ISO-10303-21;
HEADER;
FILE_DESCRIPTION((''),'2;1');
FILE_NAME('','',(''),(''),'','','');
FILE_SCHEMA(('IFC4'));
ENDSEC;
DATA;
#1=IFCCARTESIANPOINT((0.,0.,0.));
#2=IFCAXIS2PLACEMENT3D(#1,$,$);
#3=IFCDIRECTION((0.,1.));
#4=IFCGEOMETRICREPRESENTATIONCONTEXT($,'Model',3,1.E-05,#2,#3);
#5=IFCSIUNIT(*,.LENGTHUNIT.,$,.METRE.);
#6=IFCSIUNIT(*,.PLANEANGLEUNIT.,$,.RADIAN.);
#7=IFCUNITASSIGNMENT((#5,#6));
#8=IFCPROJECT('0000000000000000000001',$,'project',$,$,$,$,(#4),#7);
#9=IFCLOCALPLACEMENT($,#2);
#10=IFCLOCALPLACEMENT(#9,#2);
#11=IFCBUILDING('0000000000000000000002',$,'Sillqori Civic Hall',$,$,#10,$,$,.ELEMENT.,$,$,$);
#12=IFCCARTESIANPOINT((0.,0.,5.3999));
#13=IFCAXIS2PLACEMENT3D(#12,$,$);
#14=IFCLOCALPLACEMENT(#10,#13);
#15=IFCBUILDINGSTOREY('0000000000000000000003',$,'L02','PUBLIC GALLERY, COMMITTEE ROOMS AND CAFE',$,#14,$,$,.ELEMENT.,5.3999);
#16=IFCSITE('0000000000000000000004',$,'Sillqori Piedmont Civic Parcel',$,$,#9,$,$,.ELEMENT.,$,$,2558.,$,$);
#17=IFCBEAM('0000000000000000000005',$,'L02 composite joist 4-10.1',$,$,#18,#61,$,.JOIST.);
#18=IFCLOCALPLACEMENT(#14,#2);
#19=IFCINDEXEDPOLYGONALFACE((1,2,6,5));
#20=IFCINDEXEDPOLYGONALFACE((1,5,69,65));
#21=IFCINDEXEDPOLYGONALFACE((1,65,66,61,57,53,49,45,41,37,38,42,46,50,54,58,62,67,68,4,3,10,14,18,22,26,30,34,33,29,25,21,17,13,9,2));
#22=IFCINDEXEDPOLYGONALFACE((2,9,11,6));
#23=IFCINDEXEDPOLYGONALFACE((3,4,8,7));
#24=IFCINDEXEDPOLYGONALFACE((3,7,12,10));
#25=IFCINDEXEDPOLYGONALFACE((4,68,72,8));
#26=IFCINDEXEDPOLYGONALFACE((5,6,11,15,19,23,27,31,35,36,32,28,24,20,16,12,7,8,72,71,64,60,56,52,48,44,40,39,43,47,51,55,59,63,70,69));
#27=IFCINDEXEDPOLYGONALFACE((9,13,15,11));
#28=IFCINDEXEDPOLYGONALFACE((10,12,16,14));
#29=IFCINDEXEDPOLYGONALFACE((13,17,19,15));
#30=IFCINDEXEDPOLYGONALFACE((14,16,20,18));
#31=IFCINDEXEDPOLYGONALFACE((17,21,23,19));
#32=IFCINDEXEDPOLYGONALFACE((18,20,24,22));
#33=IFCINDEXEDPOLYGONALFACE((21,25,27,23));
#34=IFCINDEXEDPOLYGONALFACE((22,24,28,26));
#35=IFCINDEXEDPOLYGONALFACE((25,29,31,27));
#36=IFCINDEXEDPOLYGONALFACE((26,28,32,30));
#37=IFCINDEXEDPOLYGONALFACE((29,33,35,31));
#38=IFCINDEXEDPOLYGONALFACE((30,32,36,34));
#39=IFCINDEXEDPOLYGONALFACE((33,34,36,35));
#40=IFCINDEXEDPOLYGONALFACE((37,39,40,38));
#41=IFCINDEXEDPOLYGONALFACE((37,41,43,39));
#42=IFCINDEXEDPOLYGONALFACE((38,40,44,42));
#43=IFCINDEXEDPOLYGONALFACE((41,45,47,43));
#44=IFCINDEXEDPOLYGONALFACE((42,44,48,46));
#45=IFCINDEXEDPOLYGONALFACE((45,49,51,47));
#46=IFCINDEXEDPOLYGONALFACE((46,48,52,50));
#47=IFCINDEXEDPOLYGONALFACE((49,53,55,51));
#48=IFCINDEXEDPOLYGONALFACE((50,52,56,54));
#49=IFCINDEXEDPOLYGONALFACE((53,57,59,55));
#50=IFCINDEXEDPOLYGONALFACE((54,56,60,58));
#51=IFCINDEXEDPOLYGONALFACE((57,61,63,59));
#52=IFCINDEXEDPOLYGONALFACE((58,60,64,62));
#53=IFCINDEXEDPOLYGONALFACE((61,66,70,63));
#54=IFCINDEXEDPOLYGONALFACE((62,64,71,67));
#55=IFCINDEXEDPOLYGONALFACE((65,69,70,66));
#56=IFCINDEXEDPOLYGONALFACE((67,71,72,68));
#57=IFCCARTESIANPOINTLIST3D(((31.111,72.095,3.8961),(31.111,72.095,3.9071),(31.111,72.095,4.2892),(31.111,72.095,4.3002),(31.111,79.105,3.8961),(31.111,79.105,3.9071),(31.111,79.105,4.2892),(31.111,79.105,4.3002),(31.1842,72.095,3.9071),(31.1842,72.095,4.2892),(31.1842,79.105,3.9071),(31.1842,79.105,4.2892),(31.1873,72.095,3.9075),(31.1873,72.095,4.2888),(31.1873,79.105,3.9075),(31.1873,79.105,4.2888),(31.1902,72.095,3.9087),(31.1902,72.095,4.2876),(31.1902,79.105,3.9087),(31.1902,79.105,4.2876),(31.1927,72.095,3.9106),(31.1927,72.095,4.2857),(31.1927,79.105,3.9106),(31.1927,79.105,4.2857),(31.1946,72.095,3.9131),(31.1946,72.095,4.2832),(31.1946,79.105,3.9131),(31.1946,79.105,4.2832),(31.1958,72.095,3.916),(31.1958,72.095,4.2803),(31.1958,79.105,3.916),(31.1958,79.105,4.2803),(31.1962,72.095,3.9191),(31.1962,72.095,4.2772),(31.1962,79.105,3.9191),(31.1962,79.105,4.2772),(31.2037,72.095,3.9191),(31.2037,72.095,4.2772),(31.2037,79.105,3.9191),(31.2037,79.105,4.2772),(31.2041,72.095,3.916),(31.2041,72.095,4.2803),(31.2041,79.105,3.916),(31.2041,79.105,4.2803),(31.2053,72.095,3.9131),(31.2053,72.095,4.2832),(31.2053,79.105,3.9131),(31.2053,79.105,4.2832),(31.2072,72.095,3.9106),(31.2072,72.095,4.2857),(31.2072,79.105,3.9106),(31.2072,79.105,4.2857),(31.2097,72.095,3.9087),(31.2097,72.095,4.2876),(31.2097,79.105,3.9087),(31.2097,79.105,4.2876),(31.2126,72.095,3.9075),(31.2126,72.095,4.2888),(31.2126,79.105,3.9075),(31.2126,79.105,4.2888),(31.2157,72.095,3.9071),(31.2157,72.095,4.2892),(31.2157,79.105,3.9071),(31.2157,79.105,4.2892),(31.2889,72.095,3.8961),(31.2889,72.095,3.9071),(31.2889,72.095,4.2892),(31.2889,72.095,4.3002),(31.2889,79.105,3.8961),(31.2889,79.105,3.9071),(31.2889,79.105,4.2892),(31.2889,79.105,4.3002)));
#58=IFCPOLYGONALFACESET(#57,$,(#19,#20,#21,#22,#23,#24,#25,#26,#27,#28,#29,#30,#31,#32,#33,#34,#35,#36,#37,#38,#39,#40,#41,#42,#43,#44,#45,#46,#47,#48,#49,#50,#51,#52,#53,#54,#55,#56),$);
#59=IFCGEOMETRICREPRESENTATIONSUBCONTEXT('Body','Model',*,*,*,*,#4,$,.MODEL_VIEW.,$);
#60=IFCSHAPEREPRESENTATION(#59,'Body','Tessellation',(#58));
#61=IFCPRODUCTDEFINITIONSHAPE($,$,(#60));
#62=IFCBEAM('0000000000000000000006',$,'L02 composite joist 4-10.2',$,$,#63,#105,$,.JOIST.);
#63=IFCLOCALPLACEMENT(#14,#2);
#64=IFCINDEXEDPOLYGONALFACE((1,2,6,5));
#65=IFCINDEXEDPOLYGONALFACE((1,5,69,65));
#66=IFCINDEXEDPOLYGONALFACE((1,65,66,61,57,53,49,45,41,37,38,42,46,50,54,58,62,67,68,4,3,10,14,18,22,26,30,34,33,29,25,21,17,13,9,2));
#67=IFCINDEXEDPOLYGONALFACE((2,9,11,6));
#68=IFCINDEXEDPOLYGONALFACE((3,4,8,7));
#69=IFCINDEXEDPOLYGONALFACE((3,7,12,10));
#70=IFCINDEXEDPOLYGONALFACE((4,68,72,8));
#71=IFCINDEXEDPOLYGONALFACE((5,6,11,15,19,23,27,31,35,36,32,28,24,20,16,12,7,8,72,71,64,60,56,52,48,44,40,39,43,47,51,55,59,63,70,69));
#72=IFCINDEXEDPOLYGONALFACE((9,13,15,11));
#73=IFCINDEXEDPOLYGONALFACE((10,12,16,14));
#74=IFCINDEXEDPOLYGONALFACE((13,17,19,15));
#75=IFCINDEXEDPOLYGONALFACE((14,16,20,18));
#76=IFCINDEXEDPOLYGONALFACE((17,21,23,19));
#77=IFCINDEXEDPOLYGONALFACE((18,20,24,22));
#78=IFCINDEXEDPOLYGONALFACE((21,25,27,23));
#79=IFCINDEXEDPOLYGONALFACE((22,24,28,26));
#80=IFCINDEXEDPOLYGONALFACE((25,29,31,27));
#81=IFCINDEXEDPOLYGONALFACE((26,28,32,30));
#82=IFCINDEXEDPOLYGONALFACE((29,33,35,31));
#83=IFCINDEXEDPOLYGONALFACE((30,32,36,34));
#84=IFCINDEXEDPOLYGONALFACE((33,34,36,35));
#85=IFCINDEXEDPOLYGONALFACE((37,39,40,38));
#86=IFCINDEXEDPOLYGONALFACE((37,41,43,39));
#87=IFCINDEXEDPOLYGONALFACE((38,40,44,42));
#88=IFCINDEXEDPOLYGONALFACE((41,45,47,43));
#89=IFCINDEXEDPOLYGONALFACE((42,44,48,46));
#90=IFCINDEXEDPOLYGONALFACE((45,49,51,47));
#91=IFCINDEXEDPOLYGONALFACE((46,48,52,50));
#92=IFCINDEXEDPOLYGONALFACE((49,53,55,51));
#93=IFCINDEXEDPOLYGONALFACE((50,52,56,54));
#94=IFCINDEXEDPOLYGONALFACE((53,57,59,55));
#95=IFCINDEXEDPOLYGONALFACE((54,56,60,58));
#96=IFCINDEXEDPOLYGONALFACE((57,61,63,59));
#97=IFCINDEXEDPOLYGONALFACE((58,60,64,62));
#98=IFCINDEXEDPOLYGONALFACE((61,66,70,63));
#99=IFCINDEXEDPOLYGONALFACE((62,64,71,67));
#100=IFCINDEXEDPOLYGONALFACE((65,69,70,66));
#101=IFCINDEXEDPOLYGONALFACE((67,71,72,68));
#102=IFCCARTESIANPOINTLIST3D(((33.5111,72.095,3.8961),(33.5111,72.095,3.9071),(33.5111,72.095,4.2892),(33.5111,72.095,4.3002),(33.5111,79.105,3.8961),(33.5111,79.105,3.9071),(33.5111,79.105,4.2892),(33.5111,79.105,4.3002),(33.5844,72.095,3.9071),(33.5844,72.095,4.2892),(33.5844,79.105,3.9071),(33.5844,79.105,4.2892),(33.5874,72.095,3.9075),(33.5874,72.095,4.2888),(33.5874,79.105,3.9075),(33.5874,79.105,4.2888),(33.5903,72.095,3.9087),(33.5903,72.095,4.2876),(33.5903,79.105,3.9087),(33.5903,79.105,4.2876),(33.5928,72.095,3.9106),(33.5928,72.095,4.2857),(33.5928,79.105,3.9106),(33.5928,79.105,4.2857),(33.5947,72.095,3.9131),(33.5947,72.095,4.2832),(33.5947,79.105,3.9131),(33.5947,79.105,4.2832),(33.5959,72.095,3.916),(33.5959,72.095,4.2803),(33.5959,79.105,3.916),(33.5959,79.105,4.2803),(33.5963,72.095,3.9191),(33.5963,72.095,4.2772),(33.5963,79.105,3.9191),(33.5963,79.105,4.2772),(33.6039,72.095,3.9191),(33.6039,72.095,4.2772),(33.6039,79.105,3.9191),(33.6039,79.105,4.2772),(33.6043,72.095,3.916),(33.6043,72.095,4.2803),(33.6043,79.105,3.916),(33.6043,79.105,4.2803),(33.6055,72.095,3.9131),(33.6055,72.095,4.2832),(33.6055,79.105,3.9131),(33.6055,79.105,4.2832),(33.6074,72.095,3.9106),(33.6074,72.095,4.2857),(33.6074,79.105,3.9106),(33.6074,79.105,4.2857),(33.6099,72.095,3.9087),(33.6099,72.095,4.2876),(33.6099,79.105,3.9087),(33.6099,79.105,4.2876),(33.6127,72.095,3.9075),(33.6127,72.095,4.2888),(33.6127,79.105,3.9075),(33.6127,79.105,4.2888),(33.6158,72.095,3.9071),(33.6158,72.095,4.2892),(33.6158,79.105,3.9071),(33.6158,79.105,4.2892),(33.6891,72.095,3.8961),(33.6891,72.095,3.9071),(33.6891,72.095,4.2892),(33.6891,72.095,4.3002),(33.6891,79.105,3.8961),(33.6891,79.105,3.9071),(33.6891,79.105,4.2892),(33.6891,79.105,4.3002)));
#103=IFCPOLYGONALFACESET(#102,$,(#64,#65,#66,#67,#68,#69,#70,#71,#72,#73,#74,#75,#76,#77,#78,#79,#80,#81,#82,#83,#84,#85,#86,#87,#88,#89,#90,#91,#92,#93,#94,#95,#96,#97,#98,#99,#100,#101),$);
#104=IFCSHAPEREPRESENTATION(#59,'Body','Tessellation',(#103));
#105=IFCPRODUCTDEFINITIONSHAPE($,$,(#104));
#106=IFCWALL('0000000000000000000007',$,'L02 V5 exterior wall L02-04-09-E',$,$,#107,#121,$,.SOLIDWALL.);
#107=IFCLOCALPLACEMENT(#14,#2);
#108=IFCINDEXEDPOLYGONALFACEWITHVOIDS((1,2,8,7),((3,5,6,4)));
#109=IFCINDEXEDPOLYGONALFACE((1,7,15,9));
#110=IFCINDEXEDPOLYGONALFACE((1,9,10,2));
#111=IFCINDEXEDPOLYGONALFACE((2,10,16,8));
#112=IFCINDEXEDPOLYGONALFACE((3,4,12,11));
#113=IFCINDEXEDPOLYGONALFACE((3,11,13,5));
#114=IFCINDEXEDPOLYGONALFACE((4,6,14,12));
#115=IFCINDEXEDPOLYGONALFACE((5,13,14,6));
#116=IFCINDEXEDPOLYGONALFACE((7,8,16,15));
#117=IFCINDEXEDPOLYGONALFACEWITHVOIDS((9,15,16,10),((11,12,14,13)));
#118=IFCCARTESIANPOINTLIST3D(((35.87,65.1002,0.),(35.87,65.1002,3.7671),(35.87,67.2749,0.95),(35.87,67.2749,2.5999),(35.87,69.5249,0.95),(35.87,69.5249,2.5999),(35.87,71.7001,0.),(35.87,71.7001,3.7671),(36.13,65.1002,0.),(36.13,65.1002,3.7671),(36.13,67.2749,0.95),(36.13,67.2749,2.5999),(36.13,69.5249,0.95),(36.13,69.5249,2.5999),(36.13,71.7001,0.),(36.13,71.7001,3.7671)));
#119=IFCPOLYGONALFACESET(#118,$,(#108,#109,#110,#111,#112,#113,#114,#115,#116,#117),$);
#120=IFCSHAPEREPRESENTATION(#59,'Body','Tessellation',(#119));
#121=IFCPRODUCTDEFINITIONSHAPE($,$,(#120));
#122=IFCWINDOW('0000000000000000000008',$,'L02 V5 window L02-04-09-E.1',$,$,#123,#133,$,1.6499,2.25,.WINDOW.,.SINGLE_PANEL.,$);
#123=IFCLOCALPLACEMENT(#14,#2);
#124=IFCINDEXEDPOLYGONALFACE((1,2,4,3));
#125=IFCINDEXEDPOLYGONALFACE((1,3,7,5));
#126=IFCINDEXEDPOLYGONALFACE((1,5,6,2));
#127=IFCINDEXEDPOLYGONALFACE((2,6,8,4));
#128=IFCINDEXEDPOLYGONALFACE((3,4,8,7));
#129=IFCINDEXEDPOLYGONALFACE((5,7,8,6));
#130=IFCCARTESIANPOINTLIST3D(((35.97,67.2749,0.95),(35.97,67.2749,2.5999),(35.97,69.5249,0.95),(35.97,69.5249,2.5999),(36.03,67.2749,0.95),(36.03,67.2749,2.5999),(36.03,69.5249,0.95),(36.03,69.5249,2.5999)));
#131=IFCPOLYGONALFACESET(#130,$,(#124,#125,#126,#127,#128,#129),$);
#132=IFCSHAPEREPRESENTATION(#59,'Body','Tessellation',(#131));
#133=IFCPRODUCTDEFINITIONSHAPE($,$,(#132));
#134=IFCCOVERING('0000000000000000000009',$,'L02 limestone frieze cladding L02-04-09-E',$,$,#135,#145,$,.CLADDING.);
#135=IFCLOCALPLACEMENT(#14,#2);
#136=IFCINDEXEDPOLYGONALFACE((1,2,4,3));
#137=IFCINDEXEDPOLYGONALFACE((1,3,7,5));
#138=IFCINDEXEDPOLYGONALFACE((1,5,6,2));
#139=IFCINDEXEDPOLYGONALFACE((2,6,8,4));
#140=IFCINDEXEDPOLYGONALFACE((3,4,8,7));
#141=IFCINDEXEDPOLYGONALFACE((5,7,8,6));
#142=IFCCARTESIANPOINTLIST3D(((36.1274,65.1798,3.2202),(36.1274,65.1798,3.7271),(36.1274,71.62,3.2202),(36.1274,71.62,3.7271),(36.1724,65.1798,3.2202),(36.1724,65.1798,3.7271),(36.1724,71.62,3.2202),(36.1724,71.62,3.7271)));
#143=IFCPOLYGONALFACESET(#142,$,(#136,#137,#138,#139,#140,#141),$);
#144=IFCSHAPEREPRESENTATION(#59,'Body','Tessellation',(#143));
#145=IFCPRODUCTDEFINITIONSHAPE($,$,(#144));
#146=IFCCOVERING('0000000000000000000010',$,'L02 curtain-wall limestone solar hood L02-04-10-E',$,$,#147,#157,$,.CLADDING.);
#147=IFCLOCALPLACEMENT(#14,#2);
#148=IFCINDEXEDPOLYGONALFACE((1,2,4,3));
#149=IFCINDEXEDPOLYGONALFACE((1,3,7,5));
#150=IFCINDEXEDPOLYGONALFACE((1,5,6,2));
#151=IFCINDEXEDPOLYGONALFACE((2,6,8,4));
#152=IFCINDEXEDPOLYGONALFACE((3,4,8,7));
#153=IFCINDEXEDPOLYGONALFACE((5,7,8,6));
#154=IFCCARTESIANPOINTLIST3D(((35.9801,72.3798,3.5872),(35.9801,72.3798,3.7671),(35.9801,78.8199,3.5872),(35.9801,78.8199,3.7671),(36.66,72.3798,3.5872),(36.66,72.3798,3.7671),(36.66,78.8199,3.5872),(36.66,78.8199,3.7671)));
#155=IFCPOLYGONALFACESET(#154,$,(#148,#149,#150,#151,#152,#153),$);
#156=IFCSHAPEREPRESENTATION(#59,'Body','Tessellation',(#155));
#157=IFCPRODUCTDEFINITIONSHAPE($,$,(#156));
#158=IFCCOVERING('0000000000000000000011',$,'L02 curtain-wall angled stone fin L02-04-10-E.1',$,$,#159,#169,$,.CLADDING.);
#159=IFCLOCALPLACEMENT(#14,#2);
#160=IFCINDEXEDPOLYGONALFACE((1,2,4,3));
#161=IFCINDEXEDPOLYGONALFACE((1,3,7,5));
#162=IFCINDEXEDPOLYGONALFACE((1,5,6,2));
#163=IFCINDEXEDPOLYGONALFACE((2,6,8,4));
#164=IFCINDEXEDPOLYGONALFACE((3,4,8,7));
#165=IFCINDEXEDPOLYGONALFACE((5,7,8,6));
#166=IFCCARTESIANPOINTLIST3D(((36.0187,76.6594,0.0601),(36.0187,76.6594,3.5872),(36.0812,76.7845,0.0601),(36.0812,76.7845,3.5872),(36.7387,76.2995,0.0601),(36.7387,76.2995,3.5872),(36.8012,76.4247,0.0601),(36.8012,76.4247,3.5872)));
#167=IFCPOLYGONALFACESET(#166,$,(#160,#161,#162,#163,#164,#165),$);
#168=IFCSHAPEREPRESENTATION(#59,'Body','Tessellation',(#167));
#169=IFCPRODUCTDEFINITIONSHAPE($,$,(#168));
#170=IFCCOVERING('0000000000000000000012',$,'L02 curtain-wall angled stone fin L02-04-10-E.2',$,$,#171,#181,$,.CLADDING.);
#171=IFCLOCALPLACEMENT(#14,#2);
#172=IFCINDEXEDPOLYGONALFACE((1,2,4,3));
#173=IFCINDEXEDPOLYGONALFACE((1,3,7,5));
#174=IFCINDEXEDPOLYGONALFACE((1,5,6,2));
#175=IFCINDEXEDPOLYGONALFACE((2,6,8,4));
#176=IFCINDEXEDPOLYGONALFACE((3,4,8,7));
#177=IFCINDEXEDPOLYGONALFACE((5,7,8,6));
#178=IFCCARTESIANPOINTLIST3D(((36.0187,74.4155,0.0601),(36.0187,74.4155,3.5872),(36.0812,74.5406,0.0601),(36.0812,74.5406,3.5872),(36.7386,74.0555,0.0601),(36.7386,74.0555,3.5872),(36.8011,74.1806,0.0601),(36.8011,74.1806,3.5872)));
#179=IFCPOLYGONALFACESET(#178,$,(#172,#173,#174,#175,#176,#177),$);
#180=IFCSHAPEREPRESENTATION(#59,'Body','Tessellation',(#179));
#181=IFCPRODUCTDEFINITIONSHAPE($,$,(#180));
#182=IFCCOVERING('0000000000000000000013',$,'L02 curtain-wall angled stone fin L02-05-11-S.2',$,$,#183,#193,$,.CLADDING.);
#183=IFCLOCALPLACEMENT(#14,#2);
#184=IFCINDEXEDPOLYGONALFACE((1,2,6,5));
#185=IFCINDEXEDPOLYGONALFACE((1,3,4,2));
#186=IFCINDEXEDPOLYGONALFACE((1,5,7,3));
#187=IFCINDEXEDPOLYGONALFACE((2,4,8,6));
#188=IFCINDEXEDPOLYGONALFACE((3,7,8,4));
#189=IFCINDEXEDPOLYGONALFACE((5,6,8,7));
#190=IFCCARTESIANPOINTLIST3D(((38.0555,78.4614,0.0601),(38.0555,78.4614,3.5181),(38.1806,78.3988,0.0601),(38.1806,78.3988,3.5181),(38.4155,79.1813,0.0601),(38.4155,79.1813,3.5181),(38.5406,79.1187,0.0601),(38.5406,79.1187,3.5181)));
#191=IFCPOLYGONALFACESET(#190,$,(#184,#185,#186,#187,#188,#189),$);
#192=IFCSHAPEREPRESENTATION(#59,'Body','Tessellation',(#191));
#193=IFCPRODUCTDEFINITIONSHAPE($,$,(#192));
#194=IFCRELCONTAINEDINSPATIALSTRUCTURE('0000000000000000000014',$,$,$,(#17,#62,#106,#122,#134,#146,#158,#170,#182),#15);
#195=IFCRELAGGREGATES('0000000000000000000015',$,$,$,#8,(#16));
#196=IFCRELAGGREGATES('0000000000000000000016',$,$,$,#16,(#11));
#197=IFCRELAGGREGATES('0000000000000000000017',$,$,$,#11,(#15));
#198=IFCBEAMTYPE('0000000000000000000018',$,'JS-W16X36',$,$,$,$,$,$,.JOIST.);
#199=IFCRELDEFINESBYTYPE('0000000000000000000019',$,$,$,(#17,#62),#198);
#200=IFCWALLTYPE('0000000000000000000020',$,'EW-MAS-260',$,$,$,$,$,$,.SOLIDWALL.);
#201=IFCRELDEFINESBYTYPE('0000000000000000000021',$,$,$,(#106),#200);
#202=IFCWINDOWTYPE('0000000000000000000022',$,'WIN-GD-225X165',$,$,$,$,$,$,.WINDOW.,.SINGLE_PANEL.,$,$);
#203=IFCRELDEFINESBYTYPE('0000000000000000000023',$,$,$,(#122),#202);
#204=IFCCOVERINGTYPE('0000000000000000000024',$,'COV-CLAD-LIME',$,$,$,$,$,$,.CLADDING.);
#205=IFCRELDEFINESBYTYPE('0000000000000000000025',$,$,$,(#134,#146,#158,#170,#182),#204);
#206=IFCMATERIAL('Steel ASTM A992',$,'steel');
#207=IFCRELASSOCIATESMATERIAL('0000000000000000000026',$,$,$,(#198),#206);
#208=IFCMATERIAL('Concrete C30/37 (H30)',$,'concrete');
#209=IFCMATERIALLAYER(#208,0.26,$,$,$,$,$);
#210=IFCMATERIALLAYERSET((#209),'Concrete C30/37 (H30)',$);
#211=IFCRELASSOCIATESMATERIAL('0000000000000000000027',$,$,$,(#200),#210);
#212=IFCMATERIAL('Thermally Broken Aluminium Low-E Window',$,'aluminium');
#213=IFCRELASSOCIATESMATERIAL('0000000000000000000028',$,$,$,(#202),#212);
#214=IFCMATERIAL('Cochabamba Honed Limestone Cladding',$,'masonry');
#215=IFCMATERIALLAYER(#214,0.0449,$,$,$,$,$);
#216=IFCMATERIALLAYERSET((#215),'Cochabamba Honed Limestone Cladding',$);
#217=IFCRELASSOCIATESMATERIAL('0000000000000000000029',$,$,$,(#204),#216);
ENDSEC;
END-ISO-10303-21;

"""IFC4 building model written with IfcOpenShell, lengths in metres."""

from ifc_helpers import new_model, si_unit, direction, frame, frame_2d, origin, origin_2d, place, context, subcontext, project, spatial, rectangle, i_section, extrude, material, layer, layer_set, material_profile, profile_set, type_object, element, fill, save


model = new_model("IFC4")

# Units and contexts
model_context = context("Model", 3, precision=1e-05, world=origin(), true_north=direction((0.0, 1.0)))
body_context = subcontext(model_context, "Body", "Model", "MODEL_VIEW")
ifc_project = project(units=[si_unit("LENGTHUNIT", "METRE"), si_unit("PLANEANGLEUNIT", "RADIAN")], contexts=[model_context])

# Site, building, storey
site_placement = place(None, origin())
site = spatial("IfcSite", under=ifc_project, at=site_placement, Name="Sillqori Piedmont Civic Parcel", CompositionType="ELEMENT", RefElevation=2558.0)
building_placement = place(site_placement, origin())
building = spatial("IfcBuilding", under=site, at=building_placement, Name="Sillqori Civic Hall", CompositionType="ELEMENT")
storey_placement = place(building_placement, frame((0.0, 0.0, 5.3999)))
storey = spatial("IfcBuildingStorey", under=building, at=storey_placement, Name="L02", Description="PUBLIC GALLERY, COMMITTEE ROOMS AND CAFE", CompositionType="ELEMENT", Elevation=5.3999)

# Shared definitions
ifc_material_1 = material(Name="Steel ASTM A992", Category="steel")

# Beams
ifc_material_profile_1 = material_profile(ifc_material_1, i_section(OverallWidth=0.178, OverallDepth=0.4041, WebThickness=0.0076, FlangeThickness=0.011, FilletRadius=0.012, at=origin_2d()), Name="W16X36")
ifc_profile_set_1 = profile_set([ifc_material_profile_1], Name="Steel ASTM A992")
beam_type_1 = type_object("IfcBeamType", Name="JS-W16X36", PredefinedType="JOIST", material=ifc_profile_set_1)
for number, where, z_axis, x_axis, name in (
    (1, (31.2, 72.095, 4.0981), (0.0, 1.0, 0.0), (-1.0, 0.0, 0.0), "L02 composite joist 4-10.1"),
    (2, (33.6001, 72.095, 4.0981), (0.0, 1.0, 0.0), (-1.0, 0.0, 0.0), "L02 composite joist 4-10.2"),
):
    element("IfcBeam", number, at=place(storey_placement, frame(where, z_axis=z_axis, x_axis=x_axis)), inside=storey, type_object=beam_type_1, Name=name, PredefinedType="JOIST", context=body_context, shape_type="SweptSolid", body=[
        extrude(i_section(OverallWidth=0.178, OverallDepth=0.4041, WebThickness=0.0076, FlangeThickness=0.011, FilletRadius=0.012, at=origin_2d()), origin(), (0.0, 0.0, 1.0), 7.01),
    ])

# Wall, opening, window
ifc_material_2 = material(Name="Concrete C30/37 (H30)", Category="concrete")
ifc_layer_1 = layer(ifc_material_2, 0.26)
ifc_layer_set_1 = layer_set([ifc_layer_1], Name="Concrete C30/37 (H30)")
wall_type = type_object("IfcWallType", Name="EW-MAS-260", PredefinedType="SOLIDWALL", material=ifc_layer_set_1)
wall_placement = place(storey_placement, frame((36.0, 71.7, 0.0), z_axis=(0.0, 0.0, 1.0), x_axis=(0.0, -1.0, 0.0)))
wall = element("IfcWall", 3, at=wall_placement, inside=storey, type_object=wall_type, Name="L02 V5 exterior wall L02-04-09-E", PredefinedType="SOLIDWALL", context=body_context, shape_type="SweptSolid", body=[
    extrude(rectangle(XDim=6.5999, YDim=0.26, at=frame_2d((3.2998, 0.0))), origin(), (0.0, 0.0, 1.0), 3.7671),
])
opening_placement = place(wall_placement, frame((2.175, 0.0, 0.95)))
opening = element("IfcOpeningElement", 4, at=opening_placement, cuts=wall, PredefinedType="OPENING", context=body_context, shape_type="SweptSolid", body=[
    extrude(rectangle(XDim=2.25, YDim=1.6499, at=frame_2d((1.125, 0.825))), frame((0.0, 0.1399, 0.0), z_axis=(0.0, -1.0, 0.0), x_axis=(1.0, 0.0, 0.0)), (0.0, 0.0, 1.0), 0.28),
])
ifc_material_3 = material(Name="Thermally Broken Aluminium Low-E Window", Category="aluminium")
window_type = type_object("IfcWindowType", Name="WIN-GD-225X165", PartitioningType="SINGLE_PANEL", PredefinedType="WINDOW", material=ifc_material_3)
window_placement = place(opening_placement, origin())
window = element("IfcWindow", 5, at=window_placement, inside=storey, type_object=window_type, Name="L02 V5 window L02-04-09-E.1", OverallHeight=1.6499, OverallWidth=2.25, PartitioningType="SINGLE_PANEL", PredefinedType="WINDOW", context=body_context, shape_type="SweptSolid", body=[
    extrude(rectangle(XDim=2.25, YDim=1.6499, at=frame_2d((1.125, 0.825))), frame((0.0, 0.03, 0.0), z_axis=(0.0, -1.0, 0.0), x_axis=(1.0, 0.0, 0.0)), (0.0, 0.0, 1.0), 0.0601),
])
fill(opening, window)

# Coverings
ifc_material_4 = material(Name="Cochabamba Honed Limestone Cladding", Category="masonry")
ifc_layer_2 = layer(ifc_material_4, 0.0449)
ifc_layer_set_2 = layer_set([ifc_layer_2], Name="Cochabamba Honed Limestone Cladding")
covering_type = type_object("IfcCoveringType", Name="COV-CLAD-LIME", PredefinedType="CLADDING", material=ifc_layer_set_2)
covering_1_placement = place(storey_placement, frame((36.1499, 71.6201, 3.2202), z_axis=(0.0, 0.0, 1.0), x_axis=(0.0, -1.0, 0.0)))
element("IfcCovering", 6, at=covering_1_placement, inside=storey, type_object=covering_type, Name="L02 limestone frieze cladding L02-04-09-E", PredefinedType="CLADDING", context=body_context, shape_type="SweptSolid", body=[
    extrude(rectangle(XDim=6.4402, YDim=0.0449, at=frame_2d((3.2202, 0.0))), origin(), (0.0, 0.0, 1.0), 0.5068),
])
covering_2_placement = place(storey_placement, frame((36.3201, 78.8201, 3.5872), z_axis=(0.0, 0.0, 1.0), x_axis=(0.0, -1.0, 0.0)))
element("IfcCovering", 7, at=covering_2_placement, inside=storey, type_object=covering_type, Name="L02 curtain-wall limestone solar hood L02-04-10-E", PredefinedType="CLADDING", context=body_context, shape_type="SweptSolid", body=[
    extrude(rectangle(XDim=6.4402, YDim=0.6799, at=frame_2d((3.2202, 0.0))), origin(), (0.0, 0.0, 1.0), 0.1799),
])
for number, where, z_axis, x_axis, name in (
    (8, (36.05, 76.7219, 0.0601), (0.0, 0.0, 1.0), (0.894488, -0.447092, 0.0), "L02 curtain-wall angled stone fin L02-04-10-E.1"),
    (9, (36.05, 74.478, 0.0601), (0.0, 0.0, 1.0), (0.894367, -0.447335, 0.0), "L02 curtain-wall angled stone fin L02-04-10-E.2"),
):
    element("IfcCovering", number, at=place(storey_placement, frame(where, z_axis=z_axis, x_axis=x_axis)), inside=storey, type_object=covering_type, Name=name, PredefinedType="CLADDING", context=body_context, shape_type="SweptSolid", body=[
        extrude(rectangle(XDim=0.8049, YDim=0.1399, at=frame_2d((0.4023, 0.0))), origin(), (0.0, 0.0, 1.0), 3.5271),
    ])
covering_3_placement = place(storey_placement, frame((38.478, 79.1499, 0.0601), z_axis=(0.0, 0.0, 1.0), x_axis=(-0.447335, -0.894367, 0.0)))
element("IfcCovering", 10, at=covering_3_placement, inside=storey, type_object=covering_type, Name="L02 curtain-wall angled stone fin L02-05-11-S.2", PredefinedType="CLADDING", context=body_context, shape_type="SweptSolid", body=[
    extrude(rectangle(XDim=0.8049, YDim=0.1399, at=frame_2d((0.4023, 0.0))), origin(), (0.0, 0.0, 1.0), 3.458),
])

save(model, "model.ifc")
